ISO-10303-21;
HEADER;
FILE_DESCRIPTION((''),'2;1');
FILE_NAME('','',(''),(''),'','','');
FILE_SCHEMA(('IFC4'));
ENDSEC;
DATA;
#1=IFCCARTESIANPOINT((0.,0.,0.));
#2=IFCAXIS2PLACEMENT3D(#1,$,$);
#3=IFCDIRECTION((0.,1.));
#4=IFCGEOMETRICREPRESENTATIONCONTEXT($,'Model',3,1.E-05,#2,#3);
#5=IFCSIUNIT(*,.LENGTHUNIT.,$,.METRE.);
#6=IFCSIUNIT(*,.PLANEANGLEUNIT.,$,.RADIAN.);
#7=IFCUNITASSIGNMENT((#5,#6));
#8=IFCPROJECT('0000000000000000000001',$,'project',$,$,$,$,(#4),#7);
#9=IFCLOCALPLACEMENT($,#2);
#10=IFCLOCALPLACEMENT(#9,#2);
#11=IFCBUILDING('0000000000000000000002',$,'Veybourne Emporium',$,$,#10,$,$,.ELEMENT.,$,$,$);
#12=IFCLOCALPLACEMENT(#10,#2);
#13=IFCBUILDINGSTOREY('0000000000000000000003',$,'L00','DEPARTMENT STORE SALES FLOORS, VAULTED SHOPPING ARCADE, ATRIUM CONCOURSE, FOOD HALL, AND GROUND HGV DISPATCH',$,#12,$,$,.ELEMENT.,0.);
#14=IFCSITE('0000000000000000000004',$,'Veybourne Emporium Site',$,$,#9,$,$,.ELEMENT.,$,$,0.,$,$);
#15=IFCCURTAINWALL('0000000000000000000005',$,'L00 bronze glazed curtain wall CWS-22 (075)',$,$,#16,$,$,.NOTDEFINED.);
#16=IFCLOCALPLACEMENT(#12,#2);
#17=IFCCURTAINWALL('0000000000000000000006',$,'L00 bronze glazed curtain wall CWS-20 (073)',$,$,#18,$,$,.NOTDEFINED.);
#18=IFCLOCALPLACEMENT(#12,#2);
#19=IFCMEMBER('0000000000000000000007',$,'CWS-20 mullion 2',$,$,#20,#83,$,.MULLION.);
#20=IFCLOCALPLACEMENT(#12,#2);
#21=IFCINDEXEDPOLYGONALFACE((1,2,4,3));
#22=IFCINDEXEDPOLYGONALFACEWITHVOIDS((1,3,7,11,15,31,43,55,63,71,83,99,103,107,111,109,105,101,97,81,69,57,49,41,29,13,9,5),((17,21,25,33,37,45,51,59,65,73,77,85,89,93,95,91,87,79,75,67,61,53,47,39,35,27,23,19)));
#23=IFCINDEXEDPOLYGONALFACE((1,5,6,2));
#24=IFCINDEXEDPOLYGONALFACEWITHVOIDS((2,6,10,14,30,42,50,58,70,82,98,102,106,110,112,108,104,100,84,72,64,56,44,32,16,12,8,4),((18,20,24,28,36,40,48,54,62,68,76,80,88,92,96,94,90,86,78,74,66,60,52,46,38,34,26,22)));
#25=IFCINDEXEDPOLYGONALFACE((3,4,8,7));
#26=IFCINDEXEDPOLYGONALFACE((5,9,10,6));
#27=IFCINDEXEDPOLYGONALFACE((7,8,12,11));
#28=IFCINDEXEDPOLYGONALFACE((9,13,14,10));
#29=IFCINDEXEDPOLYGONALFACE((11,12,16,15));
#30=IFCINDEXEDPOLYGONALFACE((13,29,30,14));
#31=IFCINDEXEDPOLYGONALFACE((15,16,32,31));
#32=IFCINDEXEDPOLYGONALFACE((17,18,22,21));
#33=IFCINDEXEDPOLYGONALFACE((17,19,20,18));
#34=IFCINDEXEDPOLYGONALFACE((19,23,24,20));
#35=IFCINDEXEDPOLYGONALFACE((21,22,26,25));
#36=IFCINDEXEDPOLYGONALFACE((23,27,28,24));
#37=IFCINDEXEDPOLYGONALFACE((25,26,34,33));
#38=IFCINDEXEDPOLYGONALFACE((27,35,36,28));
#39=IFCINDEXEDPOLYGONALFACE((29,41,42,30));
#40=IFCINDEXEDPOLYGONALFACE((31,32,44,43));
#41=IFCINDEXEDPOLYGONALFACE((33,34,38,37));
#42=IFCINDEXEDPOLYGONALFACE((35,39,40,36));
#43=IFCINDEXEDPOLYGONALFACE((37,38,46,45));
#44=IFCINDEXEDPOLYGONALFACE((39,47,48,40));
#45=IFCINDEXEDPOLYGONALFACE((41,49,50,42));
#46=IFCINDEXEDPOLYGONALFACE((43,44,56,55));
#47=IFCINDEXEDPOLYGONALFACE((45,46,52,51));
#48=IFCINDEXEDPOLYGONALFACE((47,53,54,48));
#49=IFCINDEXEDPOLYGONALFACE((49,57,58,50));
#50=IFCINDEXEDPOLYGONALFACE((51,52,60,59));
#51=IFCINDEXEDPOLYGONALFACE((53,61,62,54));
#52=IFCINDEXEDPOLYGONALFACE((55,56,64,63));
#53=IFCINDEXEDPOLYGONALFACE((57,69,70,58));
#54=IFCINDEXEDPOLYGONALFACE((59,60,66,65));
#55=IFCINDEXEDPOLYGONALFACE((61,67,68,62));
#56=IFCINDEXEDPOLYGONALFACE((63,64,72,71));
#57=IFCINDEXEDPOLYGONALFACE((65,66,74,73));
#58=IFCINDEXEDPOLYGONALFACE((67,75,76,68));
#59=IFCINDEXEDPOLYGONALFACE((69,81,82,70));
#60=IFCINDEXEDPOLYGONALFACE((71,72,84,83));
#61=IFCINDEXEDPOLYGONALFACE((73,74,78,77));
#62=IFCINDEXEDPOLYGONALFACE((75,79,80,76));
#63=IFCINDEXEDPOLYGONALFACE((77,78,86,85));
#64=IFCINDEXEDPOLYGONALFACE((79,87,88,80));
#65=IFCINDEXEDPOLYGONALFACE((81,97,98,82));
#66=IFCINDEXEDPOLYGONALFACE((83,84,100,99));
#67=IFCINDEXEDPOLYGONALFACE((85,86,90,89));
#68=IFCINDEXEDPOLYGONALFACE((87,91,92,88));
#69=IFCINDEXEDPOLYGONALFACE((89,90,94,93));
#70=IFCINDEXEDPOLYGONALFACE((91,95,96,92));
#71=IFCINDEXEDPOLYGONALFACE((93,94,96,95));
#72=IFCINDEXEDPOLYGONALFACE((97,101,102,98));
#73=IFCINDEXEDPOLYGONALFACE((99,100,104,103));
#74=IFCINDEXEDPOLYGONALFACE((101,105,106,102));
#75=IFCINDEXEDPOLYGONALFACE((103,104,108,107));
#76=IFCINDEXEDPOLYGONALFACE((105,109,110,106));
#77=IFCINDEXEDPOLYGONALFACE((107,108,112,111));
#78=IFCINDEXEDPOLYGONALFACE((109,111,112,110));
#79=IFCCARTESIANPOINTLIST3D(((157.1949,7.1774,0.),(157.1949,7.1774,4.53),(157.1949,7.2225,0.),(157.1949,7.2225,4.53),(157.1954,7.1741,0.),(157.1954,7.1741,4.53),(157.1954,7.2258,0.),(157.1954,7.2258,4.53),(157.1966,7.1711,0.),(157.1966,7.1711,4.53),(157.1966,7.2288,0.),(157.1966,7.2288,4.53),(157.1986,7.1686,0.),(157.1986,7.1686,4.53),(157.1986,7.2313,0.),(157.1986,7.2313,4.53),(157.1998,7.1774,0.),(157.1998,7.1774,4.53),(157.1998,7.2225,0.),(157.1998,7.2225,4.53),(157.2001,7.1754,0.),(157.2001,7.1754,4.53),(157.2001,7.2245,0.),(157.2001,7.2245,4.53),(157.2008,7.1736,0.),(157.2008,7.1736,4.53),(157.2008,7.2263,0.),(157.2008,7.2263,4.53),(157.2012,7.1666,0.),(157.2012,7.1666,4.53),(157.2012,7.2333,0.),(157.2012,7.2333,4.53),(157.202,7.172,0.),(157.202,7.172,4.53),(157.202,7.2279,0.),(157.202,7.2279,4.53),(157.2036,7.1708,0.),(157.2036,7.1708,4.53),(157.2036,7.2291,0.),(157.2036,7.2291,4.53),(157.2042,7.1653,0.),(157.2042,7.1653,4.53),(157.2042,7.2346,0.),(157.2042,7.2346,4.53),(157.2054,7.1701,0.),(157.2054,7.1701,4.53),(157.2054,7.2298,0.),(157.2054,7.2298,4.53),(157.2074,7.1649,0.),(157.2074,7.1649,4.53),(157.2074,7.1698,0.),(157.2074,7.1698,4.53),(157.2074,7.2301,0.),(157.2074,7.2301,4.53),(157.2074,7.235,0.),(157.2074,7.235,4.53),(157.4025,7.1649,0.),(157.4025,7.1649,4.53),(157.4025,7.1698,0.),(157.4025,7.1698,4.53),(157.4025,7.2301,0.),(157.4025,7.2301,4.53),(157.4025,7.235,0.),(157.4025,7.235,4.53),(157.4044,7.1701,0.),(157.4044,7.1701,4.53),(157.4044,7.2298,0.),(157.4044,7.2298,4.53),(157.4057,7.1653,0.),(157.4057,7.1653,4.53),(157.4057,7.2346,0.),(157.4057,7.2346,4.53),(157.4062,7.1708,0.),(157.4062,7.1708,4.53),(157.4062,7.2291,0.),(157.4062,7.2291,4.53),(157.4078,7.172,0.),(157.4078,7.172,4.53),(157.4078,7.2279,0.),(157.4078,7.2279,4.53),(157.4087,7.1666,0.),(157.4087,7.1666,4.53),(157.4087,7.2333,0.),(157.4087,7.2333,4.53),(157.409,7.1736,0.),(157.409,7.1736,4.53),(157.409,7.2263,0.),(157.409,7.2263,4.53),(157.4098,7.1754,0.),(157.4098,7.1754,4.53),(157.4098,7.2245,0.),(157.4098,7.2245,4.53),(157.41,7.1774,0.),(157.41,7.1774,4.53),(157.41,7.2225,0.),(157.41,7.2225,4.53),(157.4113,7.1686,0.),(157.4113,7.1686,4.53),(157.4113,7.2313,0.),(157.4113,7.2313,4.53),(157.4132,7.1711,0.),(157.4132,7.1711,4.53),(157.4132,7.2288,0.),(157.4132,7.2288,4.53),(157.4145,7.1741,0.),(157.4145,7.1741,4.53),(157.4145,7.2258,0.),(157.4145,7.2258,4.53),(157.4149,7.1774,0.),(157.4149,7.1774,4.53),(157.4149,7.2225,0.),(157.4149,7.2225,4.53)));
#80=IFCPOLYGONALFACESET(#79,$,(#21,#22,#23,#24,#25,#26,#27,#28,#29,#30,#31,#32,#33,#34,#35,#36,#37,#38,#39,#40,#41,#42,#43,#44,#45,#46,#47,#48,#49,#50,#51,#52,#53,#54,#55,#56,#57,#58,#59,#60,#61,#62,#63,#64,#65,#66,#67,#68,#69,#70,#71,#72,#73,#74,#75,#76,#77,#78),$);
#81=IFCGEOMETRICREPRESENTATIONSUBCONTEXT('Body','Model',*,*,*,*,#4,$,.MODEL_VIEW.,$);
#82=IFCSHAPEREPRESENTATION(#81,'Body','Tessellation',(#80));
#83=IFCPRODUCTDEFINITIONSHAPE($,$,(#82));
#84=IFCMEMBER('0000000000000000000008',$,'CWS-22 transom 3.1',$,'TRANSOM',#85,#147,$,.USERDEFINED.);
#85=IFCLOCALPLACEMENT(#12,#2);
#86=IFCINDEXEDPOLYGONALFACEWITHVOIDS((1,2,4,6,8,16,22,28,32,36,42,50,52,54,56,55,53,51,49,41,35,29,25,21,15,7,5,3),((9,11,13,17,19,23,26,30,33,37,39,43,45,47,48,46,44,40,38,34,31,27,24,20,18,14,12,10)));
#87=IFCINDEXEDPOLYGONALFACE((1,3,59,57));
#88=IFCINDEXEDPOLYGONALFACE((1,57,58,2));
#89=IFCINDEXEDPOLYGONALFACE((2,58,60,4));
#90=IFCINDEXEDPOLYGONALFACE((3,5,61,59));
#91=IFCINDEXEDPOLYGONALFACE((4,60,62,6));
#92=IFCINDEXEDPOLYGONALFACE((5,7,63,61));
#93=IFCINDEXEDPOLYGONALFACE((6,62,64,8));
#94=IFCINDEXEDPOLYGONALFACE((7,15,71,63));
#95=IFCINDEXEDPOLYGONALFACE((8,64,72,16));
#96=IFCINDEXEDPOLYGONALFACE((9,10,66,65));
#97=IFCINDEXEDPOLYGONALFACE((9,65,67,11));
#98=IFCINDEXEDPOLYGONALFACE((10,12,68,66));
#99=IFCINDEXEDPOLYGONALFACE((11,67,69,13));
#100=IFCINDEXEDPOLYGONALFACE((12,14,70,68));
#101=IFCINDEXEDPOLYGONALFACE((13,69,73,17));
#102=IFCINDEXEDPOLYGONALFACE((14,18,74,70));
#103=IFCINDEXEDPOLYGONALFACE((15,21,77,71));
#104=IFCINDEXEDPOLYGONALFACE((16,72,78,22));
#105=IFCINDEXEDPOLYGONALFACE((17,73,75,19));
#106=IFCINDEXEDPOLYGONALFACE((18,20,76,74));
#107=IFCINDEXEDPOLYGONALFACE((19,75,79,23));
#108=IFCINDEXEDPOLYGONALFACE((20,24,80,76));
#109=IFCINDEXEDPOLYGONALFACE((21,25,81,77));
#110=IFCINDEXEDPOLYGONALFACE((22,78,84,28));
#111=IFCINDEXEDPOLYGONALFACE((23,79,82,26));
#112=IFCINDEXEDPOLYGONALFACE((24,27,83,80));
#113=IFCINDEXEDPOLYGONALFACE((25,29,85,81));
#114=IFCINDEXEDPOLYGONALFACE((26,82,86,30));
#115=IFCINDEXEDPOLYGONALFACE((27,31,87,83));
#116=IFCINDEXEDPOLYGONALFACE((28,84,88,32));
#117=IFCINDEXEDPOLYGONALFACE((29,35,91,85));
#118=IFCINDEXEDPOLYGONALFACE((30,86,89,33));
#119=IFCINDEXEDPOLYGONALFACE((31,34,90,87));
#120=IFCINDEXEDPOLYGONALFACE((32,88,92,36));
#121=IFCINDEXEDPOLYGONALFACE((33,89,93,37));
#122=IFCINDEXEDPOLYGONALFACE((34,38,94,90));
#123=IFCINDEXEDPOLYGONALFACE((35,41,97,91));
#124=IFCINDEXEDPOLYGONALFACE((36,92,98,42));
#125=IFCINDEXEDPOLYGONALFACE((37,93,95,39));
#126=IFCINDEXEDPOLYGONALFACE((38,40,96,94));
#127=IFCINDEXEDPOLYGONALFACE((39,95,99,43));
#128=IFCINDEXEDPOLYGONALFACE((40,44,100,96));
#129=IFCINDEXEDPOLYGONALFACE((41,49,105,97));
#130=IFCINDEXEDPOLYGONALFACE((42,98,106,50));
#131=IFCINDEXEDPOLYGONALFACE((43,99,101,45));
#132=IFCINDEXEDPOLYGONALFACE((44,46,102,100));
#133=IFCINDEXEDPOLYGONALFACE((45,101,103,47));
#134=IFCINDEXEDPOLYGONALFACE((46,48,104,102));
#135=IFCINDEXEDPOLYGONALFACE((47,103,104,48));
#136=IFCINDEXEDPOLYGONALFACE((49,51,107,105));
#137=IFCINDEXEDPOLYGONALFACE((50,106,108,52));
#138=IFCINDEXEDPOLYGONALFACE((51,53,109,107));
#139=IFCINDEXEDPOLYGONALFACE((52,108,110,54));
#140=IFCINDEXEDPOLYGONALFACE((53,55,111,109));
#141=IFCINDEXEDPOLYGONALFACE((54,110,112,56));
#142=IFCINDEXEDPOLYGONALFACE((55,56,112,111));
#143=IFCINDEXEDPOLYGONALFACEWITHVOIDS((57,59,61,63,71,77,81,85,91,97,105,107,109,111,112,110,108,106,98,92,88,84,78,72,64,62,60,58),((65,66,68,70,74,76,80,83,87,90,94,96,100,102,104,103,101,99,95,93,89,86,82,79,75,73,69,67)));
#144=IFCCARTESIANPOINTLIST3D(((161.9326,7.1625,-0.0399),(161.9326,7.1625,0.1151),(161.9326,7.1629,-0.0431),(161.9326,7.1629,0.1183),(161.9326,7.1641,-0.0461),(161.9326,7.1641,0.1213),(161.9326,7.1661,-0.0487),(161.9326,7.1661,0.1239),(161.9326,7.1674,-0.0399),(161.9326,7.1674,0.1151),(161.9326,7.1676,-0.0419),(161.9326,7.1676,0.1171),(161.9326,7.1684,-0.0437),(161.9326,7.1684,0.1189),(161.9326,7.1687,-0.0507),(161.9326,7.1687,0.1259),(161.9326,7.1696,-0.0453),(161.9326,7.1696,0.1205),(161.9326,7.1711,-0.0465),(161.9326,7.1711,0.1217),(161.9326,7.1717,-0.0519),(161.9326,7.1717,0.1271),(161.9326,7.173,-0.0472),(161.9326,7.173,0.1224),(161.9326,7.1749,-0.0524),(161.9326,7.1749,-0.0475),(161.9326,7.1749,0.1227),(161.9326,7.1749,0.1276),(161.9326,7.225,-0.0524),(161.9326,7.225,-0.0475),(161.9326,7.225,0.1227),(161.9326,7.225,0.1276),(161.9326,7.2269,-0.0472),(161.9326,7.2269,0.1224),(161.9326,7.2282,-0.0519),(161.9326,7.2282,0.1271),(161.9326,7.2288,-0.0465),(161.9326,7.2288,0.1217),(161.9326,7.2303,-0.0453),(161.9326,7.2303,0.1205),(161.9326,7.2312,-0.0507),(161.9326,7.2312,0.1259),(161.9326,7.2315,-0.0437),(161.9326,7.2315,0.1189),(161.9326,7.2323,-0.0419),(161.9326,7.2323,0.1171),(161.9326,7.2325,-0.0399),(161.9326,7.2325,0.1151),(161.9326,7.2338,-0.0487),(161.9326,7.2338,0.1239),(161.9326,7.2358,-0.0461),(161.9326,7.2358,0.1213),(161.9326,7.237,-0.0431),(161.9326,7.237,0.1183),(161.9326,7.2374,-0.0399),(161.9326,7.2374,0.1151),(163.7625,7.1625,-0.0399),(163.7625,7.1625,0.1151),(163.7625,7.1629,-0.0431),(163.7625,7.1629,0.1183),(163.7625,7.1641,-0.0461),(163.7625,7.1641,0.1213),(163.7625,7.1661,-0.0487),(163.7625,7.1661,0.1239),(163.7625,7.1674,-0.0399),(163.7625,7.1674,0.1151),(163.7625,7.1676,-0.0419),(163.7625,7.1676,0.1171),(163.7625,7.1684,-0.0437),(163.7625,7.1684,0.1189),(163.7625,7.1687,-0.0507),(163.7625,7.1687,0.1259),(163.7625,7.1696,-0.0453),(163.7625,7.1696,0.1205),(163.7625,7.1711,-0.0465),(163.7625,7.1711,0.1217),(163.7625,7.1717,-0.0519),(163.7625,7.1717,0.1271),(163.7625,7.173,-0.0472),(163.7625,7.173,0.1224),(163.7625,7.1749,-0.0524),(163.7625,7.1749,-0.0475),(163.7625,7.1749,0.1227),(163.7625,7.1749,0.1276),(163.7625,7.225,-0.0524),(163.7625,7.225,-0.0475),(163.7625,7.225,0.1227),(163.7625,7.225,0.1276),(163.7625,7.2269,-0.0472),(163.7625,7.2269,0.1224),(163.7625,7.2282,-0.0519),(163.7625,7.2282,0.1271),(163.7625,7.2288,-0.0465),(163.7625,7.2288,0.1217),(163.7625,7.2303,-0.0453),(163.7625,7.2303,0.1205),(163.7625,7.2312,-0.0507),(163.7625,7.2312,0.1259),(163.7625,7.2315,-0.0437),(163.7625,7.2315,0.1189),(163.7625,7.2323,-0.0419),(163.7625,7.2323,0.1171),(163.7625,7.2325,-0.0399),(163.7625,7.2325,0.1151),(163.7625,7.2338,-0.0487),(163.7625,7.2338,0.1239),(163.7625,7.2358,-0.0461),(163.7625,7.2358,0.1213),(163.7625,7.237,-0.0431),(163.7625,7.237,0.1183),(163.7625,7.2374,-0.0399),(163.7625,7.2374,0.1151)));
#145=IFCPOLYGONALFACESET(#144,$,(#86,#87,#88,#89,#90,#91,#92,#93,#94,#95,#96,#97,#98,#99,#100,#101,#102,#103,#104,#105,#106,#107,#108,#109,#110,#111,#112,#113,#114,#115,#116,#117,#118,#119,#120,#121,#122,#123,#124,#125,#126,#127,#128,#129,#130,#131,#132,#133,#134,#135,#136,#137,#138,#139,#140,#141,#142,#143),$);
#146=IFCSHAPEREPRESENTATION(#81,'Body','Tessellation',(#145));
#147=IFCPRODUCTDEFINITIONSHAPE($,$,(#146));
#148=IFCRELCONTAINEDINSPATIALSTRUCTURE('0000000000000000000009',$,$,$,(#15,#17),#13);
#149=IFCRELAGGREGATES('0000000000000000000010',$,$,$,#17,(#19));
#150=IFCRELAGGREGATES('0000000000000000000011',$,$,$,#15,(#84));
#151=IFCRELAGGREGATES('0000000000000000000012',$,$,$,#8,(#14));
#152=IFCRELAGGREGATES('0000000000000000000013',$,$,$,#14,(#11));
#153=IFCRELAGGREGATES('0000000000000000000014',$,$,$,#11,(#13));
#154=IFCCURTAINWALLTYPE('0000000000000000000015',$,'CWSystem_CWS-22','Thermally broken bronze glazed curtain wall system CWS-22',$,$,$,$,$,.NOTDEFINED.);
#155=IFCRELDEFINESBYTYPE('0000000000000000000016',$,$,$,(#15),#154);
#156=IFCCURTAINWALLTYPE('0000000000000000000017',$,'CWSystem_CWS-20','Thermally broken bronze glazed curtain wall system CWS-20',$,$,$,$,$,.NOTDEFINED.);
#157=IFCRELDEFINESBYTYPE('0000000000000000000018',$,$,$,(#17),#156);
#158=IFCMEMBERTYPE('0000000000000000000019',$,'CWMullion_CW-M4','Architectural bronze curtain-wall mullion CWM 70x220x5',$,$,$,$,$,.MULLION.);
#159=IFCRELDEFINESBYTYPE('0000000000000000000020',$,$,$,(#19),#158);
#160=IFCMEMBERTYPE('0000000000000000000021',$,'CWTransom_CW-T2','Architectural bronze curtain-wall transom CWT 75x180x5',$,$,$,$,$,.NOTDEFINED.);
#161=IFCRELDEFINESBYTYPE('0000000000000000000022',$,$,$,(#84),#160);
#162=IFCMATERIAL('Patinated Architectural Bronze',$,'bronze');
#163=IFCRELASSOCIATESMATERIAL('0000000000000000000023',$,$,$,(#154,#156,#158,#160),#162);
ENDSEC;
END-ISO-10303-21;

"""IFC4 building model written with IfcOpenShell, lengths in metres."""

from ifc_helpers import new_model, si_unit, direction, frame, origin, origin_2d, place, context, subcontext, project, spatial, hollow_rectangle, extrude, material, material_profile, profile_set, type_object, element, aggregate, save


model = new_model("IFC4")

# Units and contexts
model_context = context("Model", 3, precision=1e-05, world=origin(), true_north=direction((0.0, 1.0)))
body_context = subcontext(model_context, "Body", "Model", "MODEL_VIEW")
ifc_project = project(units=[si_unit("LENGTHUNIT", "METRE"), si_unit("PLANEANGLEUNIT", "RADIAN")], contexts=[model_context])

# Site, building, storey
site_placement = place(None, origin())
site = spatial("IfcSite", under=ifc_project, at=site_placement, Name="Veybourne Emporium Site", CompositionType="ELEMENT", RefElevation=0.0)
building_placement = place(site_placement, origin())
building = spatial("IfcBuilding", under=site, at=building_placement, Name="Veybourne Emporium", CompositionType="ELEMENT")
storey_placement = place(building_placement, origin())
storey = spatial("IfcBuildingStorey", under=building, at=storey_placement, Name="L00", Description="DEPARTMENT STORE SALES FLOORS, VAULTED SHOPPING ARCADE, ATRIUM CONCOURSE, FOOD HALL, AND GROUND HGV DISPATCH", CompositionType="ELEMENT", Elevation=0.0)

# Curtain walls, member
ifc_material_1 = material(Name="Patinated Architectural Bronze", Category="bronze")
curtain_wall_type_1 = type_object("IfcCurtainWallType", Name="CWSystem_CWS-22", Description="Thermally broken bronze glazed curtain wall system CWS-22", PredefinedType="NOTDEFINED", material=ifc_material_1)
curtain_wall_1_placement = place(storey_placement, origin())
curtain_wall_1 = element("IfcCurtainWall", 1, at=curtain_wall_1_placement, inside=storey, type_object=curtain_wall_type_1, Name="L00 bronze glazed curtain wall CWS-22 (075)", PredefinedType="NOTDEFINED")
curtain_wall_type_2 = type_object("IfcCurtainWallType", Name="CWSystem_CWS-20", Description="Thermally broken bronze glazed curtain wall system CWS-20", PredefinedType="NOTDEFINED", material=ifc_material_1)
curtain_wall_2_placement = place(storey_placement, origin())
curtain_wall_2 = element("IfcCurtainWall", 2, at=curtain_wall_2_placement, inside=storey, type_object=curtain_wall_type_2, Name="L00 bronze glazed curtain wall CWS-20 (073)", PredefinedType="NOTDEFINED")
ifc_material_profile_1 = material_profile(ifc_material_1, hollow_rectangle(XDim=0.0701, YDim=0.22, WallThickness=0.0049, InnerFilletRadius=0.0076, OuterFilletRadius=0.0125, at=origin_2d()), Name="CWM 70x220x5")
ifc_profile_set_1 = profile_set([ifc_material_profile_1], Name="Patinated Architectural Bronze")
member_type_1 = type_object("IfcMemberType", Name="CWMullion_CW-M4", Description="Architectural bronze curtain-wall mullion CWM 70x220x5", PredefinedType="MULLION", material=ifc_profile_set_1)
member_1_placement = place(storey_placement, frame((157.3049, 7.2, 0.0), z_axis=(0.0, 0.0, 1.0), x_axis=(0.0, -1.0, 0.0)))
member_1 = element("IfcMember", 3, at=member_1_placement, type_object=member_type_1, Name="CWS-20 mullion 2", PredefinedType="MULLION", context=body_context, shape_type="SweptSolid", body=[
    extrude(hollow_rectangle(XDim=0.0701, YDim=0.22, WallThickness=0.0049, InnerFilletRadius=0.0076, OuterFilletRadius=0.0125, at=origin_2d()), origin(), (0.0, 0.0, 1.0), 4.53),
])

# Member
ifc_material_profile_2 = material_profile(ifc_material_1, hollow_rectangle(XDim=0.075, YDim=0.1799, WallThickness=0.0049, InnerFilletRadius=0.0076, OuterFilletRadius=0.0125, at=origin_2d()), Name="CWT 75x180x5")
ifc_profile_set_2 = profile_set([ifc_material_profile_2], Name="Patinated Architectural Bronze")
member_type_2 = type_object("IfcMemberType", Name="CWTransom_CW-T2", Description="Architectural bronze curtain-wall transom CWT 75x180x5", PredefinedType="NOTDEFINED", material=ifc_profile_set_2)
member_2_placement = place(storey_placement, frame((163.7625, 7.2, 0.0376), z_axis=(-1.0, 0.0, 0.0), x_axis=(0.0, -1.0, 0.0)))
member_2 = element("IfcMember", 4, at=member_2_placement, type_object=member_type_2, Name="CWS-22 transom 3.1", ObjectType="TRANSOM", PredefinedType="USERDEFINED", context=body_context, shape_type="SweptSolid", body=[
    extrude(hollow_rectangle(XDim=0.075, YDim=0.1799, WallThickness=0.0049, InnerFilletRadius=0.0076, OuterFilletRadius=0.0125, at=origin_2d()), origin(), (0.0, 0.0, 1.0), 1.8298),
])

aggregate(curtain_wall_2, [member_1])
aggregate(curtain_wall_1, [member_2])

save(model, "model.ifc")
